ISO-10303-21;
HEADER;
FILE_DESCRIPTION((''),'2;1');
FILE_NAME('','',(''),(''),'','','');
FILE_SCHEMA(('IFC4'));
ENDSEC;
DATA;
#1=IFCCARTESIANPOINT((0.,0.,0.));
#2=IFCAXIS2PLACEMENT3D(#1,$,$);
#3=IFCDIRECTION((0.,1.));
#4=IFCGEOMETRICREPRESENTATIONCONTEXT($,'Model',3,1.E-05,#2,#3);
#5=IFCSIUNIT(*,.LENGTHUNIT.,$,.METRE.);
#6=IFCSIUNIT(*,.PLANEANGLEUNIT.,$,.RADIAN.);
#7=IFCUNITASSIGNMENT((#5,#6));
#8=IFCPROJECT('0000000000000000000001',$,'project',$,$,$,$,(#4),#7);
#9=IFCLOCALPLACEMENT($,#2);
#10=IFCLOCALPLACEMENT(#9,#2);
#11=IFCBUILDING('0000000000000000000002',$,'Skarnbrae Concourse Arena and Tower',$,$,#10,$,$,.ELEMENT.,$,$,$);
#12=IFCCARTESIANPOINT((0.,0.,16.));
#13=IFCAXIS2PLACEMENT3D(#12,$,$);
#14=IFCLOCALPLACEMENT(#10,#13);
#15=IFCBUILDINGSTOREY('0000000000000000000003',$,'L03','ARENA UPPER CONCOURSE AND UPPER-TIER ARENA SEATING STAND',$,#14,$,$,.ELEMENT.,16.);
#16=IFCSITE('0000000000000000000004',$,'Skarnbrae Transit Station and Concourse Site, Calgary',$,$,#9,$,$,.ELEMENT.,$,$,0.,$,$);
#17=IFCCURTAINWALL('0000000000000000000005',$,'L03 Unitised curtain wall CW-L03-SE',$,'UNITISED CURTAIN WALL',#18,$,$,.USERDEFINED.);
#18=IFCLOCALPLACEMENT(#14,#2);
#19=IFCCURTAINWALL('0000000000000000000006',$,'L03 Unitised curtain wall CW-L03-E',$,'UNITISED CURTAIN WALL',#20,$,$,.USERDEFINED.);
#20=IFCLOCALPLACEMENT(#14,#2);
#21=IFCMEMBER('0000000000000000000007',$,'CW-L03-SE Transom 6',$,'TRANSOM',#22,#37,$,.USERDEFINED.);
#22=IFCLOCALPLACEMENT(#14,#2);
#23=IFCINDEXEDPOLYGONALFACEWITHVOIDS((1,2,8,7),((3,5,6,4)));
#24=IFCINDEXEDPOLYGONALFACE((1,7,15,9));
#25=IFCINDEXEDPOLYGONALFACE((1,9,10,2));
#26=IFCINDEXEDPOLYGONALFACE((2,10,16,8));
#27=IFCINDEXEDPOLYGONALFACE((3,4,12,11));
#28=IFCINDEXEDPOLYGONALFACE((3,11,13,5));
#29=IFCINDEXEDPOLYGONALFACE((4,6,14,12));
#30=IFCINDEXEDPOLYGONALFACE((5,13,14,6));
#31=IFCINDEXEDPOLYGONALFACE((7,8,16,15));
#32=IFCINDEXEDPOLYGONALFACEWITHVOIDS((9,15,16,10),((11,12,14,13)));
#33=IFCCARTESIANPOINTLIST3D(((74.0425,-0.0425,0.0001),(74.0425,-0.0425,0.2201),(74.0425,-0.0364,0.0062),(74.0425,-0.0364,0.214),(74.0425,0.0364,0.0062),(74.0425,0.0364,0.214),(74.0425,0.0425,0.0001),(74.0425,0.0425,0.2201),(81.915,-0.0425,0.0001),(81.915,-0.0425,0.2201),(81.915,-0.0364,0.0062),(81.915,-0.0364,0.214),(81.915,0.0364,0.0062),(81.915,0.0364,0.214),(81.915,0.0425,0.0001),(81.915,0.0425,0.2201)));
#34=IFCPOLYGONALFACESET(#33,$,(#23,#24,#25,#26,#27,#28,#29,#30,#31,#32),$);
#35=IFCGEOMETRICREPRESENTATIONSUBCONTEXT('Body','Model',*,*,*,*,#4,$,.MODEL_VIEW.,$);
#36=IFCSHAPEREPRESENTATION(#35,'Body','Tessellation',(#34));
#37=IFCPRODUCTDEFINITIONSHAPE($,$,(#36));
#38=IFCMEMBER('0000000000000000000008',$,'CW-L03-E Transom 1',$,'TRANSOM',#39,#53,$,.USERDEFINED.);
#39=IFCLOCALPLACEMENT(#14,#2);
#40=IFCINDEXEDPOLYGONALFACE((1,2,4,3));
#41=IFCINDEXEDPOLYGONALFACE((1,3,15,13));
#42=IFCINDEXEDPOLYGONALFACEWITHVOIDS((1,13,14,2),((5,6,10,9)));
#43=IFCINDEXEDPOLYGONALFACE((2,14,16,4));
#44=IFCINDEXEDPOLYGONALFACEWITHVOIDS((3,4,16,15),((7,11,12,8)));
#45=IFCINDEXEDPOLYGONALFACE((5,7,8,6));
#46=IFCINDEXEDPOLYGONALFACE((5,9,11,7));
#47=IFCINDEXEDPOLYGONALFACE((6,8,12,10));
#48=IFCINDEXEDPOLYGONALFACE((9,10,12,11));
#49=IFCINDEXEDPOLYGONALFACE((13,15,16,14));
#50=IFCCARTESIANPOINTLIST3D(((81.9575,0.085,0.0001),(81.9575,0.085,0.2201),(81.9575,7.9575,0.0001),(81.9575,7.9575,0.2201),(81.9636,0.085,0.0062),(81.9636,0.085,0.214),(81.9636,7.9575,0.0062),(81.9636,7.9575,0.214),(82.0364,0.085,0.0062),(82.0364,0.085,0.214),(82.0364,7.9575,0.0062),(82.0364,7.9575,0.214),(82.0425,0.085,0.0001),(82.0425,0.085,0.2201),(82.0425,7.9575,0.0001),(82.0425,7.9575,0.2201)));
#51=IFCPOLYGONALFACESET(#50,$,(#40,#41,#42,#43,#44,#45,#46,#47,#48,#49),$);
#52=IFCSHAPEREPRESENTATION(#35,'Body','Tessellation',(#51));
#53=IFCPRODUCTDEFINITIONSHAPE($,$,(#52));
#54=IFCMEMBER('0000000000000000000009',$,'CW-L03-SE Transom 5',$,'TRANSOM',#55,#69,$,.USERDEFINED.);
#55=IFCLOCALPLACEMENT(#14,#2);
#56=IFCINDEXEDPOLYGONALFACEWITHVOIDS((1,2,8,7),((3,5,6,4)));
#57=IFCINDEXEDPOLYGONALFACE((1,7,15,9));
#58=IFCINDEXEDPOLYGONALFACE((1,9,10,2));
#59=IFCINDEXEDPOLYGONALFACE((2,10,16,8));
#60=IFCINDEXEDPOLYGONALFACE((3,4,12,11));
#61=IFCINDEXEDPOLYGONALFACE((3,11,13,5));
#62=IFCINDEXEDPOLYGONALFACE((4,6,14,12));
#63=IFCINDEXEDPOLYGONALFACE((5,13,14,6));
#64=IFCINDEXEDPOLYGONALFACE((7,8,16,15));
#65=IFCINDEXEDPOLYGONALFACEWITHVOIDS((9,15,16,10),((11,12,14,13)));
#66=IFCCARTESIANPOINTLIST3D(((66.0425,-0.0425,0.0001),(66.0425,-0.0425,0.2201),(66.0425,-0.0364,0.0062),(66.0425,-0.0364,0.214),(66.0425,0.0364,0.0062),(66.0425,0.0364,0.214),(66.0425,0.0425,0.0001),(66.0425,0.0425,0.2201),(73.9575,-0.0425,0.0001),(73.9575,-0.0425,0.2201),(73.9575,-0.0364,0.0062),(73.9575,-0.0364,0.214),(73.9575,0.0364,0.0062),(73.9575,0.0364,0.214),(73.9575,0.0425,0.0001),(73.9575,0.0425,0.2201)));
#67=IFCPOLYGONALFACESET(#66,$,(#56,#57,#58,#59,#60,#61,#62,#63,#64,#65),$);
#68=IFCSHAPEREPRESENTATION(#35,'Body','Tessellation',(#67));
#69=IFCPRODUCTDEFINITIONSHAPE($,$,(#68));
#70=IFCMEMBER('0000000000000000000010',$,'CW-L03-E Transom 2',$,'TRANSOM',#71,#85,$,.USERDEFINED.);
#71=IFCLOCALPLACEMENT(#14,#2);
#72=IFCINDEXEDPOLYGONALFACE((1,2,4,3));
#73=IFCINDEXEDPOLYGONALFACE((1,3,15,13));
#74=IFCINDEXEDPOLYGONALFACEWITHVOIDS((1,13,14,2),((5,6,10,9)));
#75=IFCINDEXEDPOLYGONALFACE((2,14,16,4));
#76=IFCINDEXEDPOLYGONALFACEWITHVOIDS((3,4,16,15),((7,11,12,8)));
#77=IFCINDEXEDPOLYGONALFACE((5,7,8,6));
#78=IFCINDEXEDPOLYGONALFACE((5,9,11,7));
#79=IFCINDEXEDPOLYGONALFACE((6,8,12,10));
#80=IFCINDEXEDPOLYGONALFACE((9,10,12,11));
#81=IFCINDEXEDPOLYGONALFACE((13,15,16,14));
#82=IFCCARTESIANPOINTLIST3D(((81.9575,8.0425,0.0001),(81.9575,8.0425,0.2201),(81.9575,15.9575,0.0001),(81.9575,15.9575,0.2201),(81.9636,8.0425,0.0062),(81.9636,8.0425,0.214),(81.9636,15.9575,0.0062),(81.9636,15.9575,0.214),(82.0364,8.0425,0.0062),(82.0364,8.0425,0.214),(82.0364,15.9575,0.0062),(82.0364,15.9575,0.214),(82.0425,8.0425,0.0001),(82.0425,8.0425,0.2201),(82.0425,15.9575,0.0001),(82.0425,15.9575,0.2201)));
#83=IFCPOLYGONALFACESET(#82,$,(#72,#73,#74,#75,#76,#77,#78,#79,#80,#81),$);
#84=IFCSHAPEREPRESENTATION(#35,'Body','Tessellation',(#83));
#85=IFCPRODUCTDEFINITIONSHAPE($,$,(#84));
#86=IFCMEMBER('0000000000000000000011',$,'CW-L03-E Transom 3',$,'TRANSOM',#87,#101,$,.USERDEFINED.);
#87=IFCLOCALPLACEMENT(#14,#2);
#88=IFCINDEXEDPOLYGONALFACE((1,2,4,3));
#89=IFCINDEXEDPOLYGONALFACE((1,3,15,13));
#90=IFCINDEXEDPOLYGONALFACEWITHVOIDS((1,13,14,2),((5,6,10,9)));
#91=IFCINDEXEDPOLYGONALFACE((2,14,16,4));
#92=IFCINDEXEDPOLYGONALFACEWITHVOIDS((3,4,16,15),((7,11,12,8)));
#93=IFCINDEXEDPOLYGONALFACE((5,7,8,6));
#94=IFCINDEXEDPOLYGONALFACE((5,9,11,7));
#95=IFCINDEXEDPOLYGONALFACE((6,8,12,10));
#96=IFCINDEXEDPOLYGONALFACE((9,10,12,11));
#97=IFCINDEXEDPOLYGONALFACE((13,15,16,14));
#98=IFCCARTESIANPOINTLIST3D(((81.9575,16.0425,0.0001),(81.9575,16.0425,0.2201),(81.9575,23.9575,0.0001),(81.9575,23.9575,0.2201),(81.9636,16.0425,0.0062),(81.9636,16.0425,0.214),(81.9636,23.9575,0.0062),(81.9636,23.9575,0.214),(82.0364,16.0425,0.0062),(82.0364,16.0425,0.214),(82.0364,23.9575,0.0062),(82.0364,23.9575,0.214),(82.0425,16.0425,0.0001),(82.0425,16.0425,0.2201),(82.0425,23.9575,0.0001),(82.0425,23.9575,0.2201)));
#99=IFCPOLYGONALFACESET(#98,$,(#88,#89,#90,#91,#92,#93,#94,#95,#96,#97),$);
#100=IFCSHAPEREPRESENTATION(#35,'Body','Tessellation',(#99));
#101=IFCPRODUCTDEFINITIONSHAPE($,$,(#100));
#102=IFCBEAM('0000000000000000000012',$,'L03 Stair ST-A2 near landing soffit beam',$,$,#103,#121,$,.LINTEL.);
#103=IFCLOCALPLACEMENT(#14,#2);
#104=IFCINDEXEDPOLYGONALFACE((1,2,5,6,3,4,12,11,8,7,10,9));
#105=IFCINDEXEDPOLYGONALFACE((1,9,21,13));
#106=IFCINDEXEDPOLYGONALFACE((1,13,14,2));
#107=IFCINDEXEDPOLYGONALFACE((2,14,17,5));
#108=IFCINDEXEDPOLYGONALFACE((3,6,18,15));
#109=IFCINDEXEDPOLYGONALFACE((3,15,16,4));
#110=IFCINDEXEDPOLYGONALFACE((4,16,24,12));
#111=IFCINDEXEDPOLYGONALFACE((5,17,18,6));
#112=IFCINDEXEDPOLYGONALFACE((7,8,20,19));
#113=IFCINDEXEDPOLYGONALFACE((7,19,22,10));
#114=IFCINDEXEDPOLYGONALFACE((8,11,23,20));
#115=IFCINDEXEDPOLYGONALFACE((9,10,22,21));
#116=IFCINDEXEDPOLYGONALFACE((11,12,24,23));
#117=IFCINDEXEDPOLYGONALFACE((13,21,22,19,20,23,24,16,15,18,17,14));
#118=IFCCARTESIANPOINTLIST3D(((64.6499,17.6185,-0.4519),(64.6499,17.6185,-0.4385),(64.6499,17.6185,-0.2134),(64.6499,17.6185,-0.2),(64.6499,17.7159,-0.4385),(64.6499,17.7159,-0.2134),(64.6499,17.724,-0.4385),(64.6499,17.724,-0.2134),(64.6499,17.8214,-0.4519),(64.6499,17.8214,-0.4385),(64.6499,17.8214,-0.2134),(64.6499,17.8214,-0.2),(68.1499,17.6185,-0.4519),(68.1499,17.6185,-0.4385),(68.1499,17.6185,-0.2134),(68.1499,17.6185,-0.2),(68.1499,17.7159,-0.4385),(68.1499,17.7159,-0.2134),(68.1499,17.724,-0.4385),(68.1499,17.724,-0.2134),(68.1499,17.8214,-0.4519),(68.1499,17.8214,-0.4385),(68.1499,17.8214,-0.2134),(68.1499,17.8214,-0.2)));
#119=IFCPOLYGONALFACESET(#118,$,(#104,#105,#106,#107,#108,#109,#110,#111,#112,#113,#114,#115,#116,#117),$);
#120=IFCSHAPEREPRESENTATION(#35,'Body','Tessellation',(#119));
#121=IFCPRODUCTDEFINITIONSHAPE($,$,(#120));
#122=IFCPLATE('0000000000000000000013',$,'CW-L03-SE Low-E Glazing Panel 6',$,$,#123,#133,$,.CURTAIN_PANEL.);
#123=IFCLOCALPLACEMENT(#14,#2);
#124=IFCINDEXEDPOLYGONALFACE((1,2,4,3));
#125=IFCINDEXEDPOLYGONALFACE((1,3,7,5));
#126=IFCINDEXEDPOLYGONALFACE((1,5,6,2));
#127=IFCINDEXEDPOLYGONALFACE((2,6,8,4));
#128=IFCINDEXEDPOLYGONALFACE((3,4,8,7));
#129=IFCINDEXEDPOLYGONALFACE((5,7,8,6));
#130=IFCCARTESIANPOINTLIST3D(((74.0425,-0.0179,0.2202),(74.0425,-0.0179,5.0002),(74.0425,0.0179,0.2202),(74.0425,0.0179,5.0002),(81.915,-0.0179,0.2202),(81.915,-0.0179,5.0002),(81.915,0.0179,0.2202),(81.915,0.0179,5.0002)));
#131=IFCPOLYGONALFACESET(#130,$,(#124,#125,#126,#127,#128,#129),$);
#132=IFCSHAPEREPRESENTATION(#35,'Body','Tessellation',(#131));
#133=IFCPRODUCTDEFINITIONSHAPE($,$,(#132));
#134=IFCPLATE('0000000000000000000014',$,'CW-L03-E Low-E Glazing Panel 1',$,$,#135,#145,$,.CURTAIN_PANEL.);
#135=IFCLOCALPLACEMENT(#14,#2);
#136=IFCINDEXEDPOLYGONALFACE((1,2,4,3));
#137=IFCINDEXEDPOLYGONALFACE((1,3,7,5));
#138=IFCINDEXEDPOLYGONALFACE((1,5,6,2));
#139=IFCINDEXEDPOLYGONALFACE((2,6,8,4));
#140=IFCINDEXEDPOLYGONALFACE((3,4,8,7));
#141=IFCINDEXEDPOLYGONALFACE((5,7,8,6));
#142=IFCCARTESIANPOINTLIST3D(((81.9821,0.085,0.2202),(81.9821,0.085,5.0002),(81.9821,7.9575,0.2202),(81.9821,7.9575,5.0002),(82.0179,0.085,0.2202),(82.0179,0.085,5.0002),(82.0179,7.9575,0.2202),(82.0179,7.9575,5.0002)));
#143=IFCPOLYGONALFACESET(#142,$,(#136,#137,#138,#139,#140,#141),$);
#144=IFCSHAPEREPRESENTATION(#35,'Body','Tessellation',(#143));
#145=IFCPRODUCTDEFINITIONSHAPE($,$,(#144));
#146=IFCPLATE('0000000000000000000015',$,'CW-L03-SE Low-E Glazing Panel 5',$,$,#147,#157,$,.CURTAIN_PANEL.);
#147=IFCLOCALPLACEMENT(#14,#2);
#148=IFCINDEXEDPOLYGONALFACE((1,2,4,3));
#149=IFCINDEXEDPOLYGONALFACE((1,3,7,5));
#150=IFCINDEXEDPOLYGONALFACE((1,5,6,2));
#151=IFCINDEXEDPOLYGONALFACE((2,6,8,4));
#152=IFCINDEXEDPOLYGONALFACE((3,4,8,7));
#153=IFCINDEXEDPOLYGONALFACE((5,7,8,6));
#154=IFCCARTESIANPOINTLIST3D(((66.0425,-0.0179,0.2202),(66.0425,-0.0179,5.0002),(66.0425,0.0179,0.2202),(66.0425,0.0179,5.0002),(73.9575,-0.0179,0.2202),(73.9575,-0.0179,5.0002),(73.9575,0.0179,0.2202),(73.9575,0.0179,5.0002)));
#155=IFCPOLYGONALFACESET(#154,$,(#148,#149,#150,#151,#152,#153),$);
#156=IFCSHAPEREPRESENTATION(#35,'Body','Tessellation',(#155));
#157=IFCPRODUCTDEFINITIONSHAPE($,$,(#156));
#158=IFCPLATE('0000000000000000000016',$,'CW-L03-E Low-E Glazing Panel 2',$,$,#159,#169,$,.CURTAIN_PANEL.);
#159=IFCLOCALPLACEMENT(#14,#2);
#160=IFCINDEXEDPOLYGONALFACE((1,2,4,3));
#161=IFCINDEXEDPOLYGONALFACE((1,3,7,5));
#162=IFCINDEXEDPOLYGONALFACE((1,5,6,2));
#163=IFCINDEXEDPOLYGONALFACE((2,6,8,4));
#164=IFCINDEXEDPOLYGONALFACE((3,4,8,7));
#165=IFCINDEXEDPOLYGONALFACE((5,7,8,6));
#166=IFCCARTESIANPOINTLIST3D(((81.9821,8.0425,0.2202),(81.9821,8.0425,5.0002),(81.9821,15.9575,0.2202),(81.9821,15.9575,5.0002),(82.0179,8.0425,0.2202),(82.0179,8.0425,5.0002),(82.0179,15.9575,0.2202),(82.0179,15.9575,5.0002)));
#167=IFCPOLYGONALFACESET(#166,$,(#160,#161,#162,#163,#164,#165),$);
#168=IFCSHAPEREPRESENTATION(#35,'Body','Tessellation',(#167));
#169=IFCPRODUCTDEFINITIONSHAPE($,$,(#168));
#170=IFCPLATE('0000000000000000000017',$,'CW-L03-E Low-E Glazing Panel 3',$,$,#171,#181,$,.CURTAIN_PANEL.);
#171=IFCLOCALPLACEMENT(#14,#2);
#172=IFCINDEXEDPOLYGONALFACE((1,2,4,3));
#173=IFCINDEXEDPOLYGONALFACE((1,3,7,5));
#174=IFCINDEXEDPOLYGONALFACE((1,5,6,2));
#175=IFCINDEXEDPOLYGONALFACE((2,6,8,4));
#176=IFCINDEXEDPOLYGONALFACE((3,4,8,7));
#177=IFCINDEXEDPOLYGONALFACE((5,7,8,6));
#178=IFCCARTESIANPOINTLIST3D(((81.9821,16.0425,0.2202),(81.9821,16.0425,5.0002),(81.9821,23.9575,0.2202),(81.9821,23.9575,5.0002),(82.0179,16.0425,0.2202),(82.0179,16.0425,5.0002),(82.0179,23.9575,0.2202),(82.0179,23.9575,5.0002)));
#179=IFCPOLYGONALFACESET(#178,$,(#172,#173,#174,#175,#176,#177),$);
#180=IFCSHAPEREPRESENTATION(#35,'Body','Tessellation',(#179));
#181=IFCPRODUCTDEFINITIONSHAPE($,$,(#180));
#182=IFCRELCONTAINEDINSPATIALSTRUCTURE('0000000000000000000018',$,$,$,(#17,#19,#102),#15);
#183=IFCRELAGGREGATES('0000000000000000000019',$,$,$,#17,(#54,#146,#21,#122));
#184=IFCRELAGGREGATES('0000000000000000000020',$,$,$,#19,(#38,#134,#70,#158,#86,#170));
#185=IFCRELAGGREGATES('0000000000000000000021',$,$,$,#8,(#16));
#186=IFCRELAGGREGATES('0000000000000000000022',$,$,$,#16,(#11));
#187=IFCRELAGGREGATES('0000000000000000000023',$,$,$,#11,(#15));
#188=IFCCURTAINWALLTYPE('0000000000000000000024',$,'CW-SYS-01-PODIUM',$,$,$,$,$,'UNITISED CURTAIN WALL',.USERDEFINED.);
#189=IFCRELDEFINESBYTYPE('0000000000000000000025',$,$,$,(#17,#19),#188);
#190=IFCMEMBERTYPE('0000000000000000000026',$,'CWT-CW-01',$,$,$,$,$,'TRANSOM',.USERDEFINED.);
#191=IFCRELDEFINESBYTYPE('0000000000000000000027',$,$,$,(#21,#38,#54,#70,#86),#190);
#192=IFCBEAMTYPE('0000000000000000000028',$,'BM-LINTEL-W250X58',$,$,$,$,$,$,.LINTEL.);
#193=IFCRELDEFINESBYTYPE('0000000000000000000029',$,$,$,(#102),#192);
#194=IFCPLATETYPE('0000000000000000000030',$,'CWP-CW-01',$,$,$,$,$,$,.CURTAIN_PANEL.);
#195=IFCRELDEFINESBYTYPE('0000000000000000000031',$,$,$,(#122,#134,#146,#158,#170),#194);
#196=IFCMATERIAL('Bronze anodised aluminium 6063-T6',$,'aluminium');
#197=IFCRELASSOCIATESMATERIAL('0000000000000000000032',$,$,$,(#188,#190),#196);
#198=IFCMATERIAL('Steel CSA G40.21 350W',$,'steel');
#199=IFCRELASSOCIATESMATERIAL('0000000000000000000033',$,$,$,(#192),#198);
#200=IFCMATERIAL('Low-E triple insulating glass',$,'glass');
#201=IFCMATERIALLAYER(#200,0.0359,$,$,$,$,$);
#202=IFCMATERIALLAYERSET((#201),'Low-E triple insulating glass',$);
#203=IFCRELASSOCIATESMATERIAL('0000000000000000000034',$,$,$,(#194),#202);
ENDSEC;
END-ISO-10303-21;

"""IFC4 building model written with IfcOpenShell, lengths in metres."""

from ifc_helpers import new_model, si_unit, direction, frame, origin, origin_2d, place, context, subcontext, project, spatial, rectangle, hollow_rectangle, i_section, extrude, source, transform, mapped, material, layer, layer_set, material_profile, profile_set, type_object, element, aggregate, save


model = new_model("IFC4")

# Units and contexts
model_context = context("Model", 3, precision=1e-05, world=origin(), true_north=direction((0.0, 1.0)))
body_context = subcontext(model_context, "Body", "Model", "MODEL_VIEW")
ifc_project = project(units=[si_unit("LENGTHUNIT", "METRE"), si_unit("PLANEANGLEUNIT", "RADIAN")], contexts=[model_context])

# Site, building, storey
site_placement = place(None, origin())
site = spatial("IfcSite", under=ifc_project, at=site_placement, Name="Skarnbrae Transit Station and Concourse Site, Calgary", CompositionType="ELEMENT", RefElevation=0.0)
building_placement = place(site_placement, origin())
building = spatial("IfcBuilding", under=site, at=building_placement, Name="Skarnbrae Concourse Arena and Tower", CompositionType="ELEMENT")
storey_placement = place(building_placement, frame((0.0, 0.0, 16.0)))
storey = spatial("IfcBuildingStorey", under=building, at=storey_placement, Name="L03", Description="ARENA UPPER CONCOURSE AND UPPER-TIER ARENA SEATING STAND", CompositionType="ELEMENT", Elevation=16.0)

# Shared definitions
ifc_material_1 = material(Name="Steel CSA G40.21 350W", Category="steel")

# Curtain walls
ifc_material_2 = material(Name="Bronze anodised aluminium 6063-T6", Category="aluminium")
curtain_wall_type = type_object("IfcCurtainWallType", Name="CW-SYS-01-PODIUM", ElementType="UNITISED CURTAIN WALL", PredefinedType="USERDEFINED", material=ifc_material_2)
curtain_wall_1_placement = place(storey_placement, origin())
curtain_wall_1 = element("IfcCurtainWall", 1, at=curtain_wall_1_placement, inside=storey, type_object=curtain_wall_type, Name="L03 Unitised curtain wall CW-L03-SE", ObjectType="UNITISED CURTAIN WALL", PredefinedType="USERDEFINED")
curtain_wall_2_placement = place(storey_placement, origin())
curtain_wall_2 = element("IfcCurtainWall", 2, at=curtain_wall_2_placement, inside=storey, type_object=curtain_wall_type, Name="L03 Unitised curtain wall CW-L03-E", ObjectType="UNITISED CURTAIN WALL", PredefinedType="USERDEFINED")

# Members
ifc_material_profile_1 = material_profile(ifc_material_2, hollow_rectangle(XDim=0.085, YDim=0.22, WallThickness=0.0061, at=origin_2d()), Name="ALU-TRAN-85X220")
ifc_profile_set_1 = profile_set([ifc_material_profile_1], Name="Bronze anodised aluminium 6063-T6")
member_type_1 = type_object("IfcMemberType", Name="CWT-CW-01", ElementType="TRANSOM", PredefinedType="USERDEFINED", material=ifc_profile_set_1)
shared_shape_1 = source(origin(), body_context, "Body", "SweptSolid", [
    extrude(hollow_rectangle(XDim=0.085, YDim=0.22, WallThickness=0.0061, at=origin_2d()), origin(), (0.0, 0.0, 1.0), 7.8726),
])
member_1_placement = place(storey_placement, frame((74.0425, 0.0, 0.1101), z_axis=(1.0, 0.0, 0.0), x_axis=(0.0, 1.0, 0.0)))
member_1 = element("IfcMember", 3, at=member_1_placement, type_object=member_type_1, Name="CW-L03-SE Transom 6", ObjectType="TRANSOM", PredefinedType="USERDEFINED", context=body_context, shape_type="MappedRepresentation", body=[
    mapped(shared_shape_1, transform((0.0, 0.0, 0.0))),
])
member_2_placement = place(storey_placement, frame((82.0, 0.085, 0.1101), z_axis=(0.0, 1.0, 0.0), x_axis=(-1.0, 0.0, 0.0)))
member_2 = element("IfcMember", 4, at=member_2_placement, type_object=member_type_1, Name="CW-L03-E Transom 1", ObjectType="TRANSOM", PredefinedType="USERDEFINED", context=body_context, shape_type="MappedRepresentation", body=[
    mapped(shared_shape_1, transform((0.0, 0.0, 0.0))),
])
shared_shape_2 = source(origin(), body_context, "Body", "SweptSolid", [
    extrude(hollow_rectangle(XDim=0.085, YDim=0.22, WallThickness=0.0061, at=origin_2d()), origin(), (0.0, 0.0, 1.0), 7.915),
])
member_3_placement = place(storey_placement, frame((66.0425, 0.0, 0.1101), z_axis=(1.0, 0.0, 0.0), x_axis=(0.0, 1.0, 0.0)))
member_3 = element("IfcMember", 5, at=member_3_placement, type_object=member_type_1, Name="CW-L03-SE Transom 5", ObjectType="TRANSOM", PredefinedType="USERDEFINED", context=body_context, shape_type="MappedRepresentation", body=[
    mapped(shared_shape_2, transform((0.0, 0.0, 0.0))),
])
member_4_placement = place(storey_placement, frame((82.0, 8.0425, 0.1101), z_axis=(0.0, 1.0, 0.0), x_axis=(-1.0, 0.0, 0.0)))
member_4 = element("IfcMember", 6, at=member_4_placement, type_object=member_type_1, Name="CW-L03-E Transom 2", ObjectType="TRANSOM", PredefinedType="USERDEFINED", context=body_context, shape_type="MappedRepresentation", body=[
    mapped(shared_shape_2, transform((0.0, 0.0, 0.0))),
])
member_5_placement = place(storey_placement, frame((82.0, 16.0425, 0.1101), z_axis=(0.0, 1.0, 0.0), x_axis=(-1.0, 0.0, 0.0)))
member_5 = element("IfcMember", 7, at=member_5_placement, type_object=member_type_1, Name="CW-L03-E Transom 3", ObjectType="TRANSOM", PredefinedType="USERDEFINED", context=body_context, shape_type="MappedRepresentation", body=[
    mapped(shared_shape_2, transform((0.0, 0.0, 0.0))),
])

# Beam
ifc_material_profile_2 = material_profile(ifc_material_1, i_section(OverallWidth=0.2029, OverallDepth=0.252, WebThickness=0.0081, FlangeThickness=0.0134, at=origin_2d()), Name="W250X58")
ifc_profile_set_2 = profile_set([ifc_material_profile_2], Name="Steel CSA G40.21 350W")
beam_type_1 = type_object("IfcBeamType", Name="BM-LINTEL-W250X58", PredefinedType="LINTEL", material=ifc_profile_set_2)
shared_shape_3 = source(origin(), body_context, "Body", "SweptSolid", [
    extrude(i_section(OverallWidth=0.2029, OverallDepth=0.252, WebThickness=0.0081, FlangeThickness=0.0134, at=origin_2d()), origin(), (0.0, 0.0, 1.0), 3.5),
])
beam_1_placement = place(storey_placement, frame((68.1499, 17.72, -0.3259), z_axis=(-1.0, 0.0, 0.0), x_axis=(0.0, -1.0, 0.0)))
element("IfcBeam", 8, at=beam_1_placement, inside=storey, type_object=beam_type_1, Name="L03 Stair ST-A2 near landing soffit beam", PredefinedType="LINTEL", context=body_context, shape_type="MappedRepresentation", body=[
    mapped(shared_shape_3, transform((0.0, 0.0, 0.0))),
])

# Plates
ifc_material_3 = material(Name="Low-E triple insulating glass", Category="glass")
ifc_layer_1 = layer(ifc_material_3, 0.0359)
ifc_layer_set_1 = layer_set([ifc_layer_1], Name="Low-E triple insulating glass")
plate_type = type_object("IfcPlateType", Name="CWP-CW-01", PredefinedType="CURTAIN_PANEL", material=ifc_layer_set_1)
shared_shape_4 = source(origin(), body_context, "Body", "SweptSolid", [
    extrude(rectangle(XDim=7.8726, YDim=0.0359, at=origin_2d()), origin(), (0.0, 0.0, 1.0), 4.78),
])
plate_1_placement = place(storey_placement, frame((77.9788, 0.0, 0.2202), z_axis=(0.0, 0.0, 1.0), x_axis=(1.0, 0.0, 0.0)))
plate_1 = element("IfcPlate", 9, at=plate_1_placement, type_object=plate_type, Name="CW-L03-SE Low-E Glazing Panel 6", PredefinedType="CURTAIN_PANEL", context=body_context, shape_type="MappedRepresentation", body=[
    mapped(shared_shape_4, transform((0.0, 0.0, 0.0))),
])
plate_2_placement = place(storey_placement, frame((82.0, 4.0212, 0.2202), z_axis=(0.0, 0.0, 1.0), x_axis=(0.0, 1.0, 0.0)))
plate_2 = element("IfcPlate", 10, at=plate_2_placement, type_object=plate_type, Name="CW-L03-E Low-E Glazing Panel 1", PredefinedType="CURTAIN_PANEL", context=body_context, shape_type="MappedRepresentation", body=[
    mapped(shared_shape_4, transform((0.0, 0.0, 0.0))),
])
shared_shape_5 = source(origin(), body_context, "Body", "SweptSolid", [
    extrude(rectangle(XDim=7.915, YDim=0.0359, at=origin_2d()), origin(), (0.0, 0.0, 1.0), 4.78),
])
plate_3_placement = place(storey_placement, frame((70.0, 0.0, 0.2202), z_axis=(0.0, 0.0, 1.0), x_axis=(1.0, 0.0, 0.0)))
plate_3 = element("IfcPlate", 11, at=plate_3_placement, type_object=plate_type, Name="CW-L03-SE Low-E Glazing Panel 5", PredefinedType="CURTAIN_PANEL", context=body_context, shape_type="MappedRepresentation", body=[
    mapped(shared_shape_5, transform((0.0, 0.0, 0.0))),
])
aggregate(curtain_wall_1, [member_3, plate_3, member_1, plate_1])
plate_4_placement = place(storey_placement, frame((82.0, 12.0, 0.2202), z_axis=(0.0, 0.0, 1.0), x_axis=(0.0, 1.0, 0.0)))
plate_4 = element("IfcPlate", 12, at=plate_4_placement, type_object=plate_type, Name="CW-L03-E Low-E Glazing Panel 2", PredefinedType="CURTAIN_PANEL", context=body_context, shape_type="MappedRepresentation", body=[
    mapped(shared_shape_5, transform((0.0, 0.0, 0.0))),
])
plate_5_placement = place(storey_placement, frame((82.0, 20.0, 0.2202), z_axis=(0.0, 0.0, 1.0), x_axis=(0.0, 1.0, 0.0)))
plate_5 = element("IfcPlate", 13, at=plate_5_placement, type_object=plate_type, Name="CW-L03-E Low-E Glazing Panel 3", PredefinedType="CURTAIN_PANEL", context=body_context, shape_type="MappedRepresentation", body=[
    mapped(shared_shape_5, transform((0.0, 0.0, 0.0))),
])
aggregate(curtain_wall_2, [member_2, plate_2, member_4, plate_4, member_5, plate_5])

save(model, "model.ifc")
